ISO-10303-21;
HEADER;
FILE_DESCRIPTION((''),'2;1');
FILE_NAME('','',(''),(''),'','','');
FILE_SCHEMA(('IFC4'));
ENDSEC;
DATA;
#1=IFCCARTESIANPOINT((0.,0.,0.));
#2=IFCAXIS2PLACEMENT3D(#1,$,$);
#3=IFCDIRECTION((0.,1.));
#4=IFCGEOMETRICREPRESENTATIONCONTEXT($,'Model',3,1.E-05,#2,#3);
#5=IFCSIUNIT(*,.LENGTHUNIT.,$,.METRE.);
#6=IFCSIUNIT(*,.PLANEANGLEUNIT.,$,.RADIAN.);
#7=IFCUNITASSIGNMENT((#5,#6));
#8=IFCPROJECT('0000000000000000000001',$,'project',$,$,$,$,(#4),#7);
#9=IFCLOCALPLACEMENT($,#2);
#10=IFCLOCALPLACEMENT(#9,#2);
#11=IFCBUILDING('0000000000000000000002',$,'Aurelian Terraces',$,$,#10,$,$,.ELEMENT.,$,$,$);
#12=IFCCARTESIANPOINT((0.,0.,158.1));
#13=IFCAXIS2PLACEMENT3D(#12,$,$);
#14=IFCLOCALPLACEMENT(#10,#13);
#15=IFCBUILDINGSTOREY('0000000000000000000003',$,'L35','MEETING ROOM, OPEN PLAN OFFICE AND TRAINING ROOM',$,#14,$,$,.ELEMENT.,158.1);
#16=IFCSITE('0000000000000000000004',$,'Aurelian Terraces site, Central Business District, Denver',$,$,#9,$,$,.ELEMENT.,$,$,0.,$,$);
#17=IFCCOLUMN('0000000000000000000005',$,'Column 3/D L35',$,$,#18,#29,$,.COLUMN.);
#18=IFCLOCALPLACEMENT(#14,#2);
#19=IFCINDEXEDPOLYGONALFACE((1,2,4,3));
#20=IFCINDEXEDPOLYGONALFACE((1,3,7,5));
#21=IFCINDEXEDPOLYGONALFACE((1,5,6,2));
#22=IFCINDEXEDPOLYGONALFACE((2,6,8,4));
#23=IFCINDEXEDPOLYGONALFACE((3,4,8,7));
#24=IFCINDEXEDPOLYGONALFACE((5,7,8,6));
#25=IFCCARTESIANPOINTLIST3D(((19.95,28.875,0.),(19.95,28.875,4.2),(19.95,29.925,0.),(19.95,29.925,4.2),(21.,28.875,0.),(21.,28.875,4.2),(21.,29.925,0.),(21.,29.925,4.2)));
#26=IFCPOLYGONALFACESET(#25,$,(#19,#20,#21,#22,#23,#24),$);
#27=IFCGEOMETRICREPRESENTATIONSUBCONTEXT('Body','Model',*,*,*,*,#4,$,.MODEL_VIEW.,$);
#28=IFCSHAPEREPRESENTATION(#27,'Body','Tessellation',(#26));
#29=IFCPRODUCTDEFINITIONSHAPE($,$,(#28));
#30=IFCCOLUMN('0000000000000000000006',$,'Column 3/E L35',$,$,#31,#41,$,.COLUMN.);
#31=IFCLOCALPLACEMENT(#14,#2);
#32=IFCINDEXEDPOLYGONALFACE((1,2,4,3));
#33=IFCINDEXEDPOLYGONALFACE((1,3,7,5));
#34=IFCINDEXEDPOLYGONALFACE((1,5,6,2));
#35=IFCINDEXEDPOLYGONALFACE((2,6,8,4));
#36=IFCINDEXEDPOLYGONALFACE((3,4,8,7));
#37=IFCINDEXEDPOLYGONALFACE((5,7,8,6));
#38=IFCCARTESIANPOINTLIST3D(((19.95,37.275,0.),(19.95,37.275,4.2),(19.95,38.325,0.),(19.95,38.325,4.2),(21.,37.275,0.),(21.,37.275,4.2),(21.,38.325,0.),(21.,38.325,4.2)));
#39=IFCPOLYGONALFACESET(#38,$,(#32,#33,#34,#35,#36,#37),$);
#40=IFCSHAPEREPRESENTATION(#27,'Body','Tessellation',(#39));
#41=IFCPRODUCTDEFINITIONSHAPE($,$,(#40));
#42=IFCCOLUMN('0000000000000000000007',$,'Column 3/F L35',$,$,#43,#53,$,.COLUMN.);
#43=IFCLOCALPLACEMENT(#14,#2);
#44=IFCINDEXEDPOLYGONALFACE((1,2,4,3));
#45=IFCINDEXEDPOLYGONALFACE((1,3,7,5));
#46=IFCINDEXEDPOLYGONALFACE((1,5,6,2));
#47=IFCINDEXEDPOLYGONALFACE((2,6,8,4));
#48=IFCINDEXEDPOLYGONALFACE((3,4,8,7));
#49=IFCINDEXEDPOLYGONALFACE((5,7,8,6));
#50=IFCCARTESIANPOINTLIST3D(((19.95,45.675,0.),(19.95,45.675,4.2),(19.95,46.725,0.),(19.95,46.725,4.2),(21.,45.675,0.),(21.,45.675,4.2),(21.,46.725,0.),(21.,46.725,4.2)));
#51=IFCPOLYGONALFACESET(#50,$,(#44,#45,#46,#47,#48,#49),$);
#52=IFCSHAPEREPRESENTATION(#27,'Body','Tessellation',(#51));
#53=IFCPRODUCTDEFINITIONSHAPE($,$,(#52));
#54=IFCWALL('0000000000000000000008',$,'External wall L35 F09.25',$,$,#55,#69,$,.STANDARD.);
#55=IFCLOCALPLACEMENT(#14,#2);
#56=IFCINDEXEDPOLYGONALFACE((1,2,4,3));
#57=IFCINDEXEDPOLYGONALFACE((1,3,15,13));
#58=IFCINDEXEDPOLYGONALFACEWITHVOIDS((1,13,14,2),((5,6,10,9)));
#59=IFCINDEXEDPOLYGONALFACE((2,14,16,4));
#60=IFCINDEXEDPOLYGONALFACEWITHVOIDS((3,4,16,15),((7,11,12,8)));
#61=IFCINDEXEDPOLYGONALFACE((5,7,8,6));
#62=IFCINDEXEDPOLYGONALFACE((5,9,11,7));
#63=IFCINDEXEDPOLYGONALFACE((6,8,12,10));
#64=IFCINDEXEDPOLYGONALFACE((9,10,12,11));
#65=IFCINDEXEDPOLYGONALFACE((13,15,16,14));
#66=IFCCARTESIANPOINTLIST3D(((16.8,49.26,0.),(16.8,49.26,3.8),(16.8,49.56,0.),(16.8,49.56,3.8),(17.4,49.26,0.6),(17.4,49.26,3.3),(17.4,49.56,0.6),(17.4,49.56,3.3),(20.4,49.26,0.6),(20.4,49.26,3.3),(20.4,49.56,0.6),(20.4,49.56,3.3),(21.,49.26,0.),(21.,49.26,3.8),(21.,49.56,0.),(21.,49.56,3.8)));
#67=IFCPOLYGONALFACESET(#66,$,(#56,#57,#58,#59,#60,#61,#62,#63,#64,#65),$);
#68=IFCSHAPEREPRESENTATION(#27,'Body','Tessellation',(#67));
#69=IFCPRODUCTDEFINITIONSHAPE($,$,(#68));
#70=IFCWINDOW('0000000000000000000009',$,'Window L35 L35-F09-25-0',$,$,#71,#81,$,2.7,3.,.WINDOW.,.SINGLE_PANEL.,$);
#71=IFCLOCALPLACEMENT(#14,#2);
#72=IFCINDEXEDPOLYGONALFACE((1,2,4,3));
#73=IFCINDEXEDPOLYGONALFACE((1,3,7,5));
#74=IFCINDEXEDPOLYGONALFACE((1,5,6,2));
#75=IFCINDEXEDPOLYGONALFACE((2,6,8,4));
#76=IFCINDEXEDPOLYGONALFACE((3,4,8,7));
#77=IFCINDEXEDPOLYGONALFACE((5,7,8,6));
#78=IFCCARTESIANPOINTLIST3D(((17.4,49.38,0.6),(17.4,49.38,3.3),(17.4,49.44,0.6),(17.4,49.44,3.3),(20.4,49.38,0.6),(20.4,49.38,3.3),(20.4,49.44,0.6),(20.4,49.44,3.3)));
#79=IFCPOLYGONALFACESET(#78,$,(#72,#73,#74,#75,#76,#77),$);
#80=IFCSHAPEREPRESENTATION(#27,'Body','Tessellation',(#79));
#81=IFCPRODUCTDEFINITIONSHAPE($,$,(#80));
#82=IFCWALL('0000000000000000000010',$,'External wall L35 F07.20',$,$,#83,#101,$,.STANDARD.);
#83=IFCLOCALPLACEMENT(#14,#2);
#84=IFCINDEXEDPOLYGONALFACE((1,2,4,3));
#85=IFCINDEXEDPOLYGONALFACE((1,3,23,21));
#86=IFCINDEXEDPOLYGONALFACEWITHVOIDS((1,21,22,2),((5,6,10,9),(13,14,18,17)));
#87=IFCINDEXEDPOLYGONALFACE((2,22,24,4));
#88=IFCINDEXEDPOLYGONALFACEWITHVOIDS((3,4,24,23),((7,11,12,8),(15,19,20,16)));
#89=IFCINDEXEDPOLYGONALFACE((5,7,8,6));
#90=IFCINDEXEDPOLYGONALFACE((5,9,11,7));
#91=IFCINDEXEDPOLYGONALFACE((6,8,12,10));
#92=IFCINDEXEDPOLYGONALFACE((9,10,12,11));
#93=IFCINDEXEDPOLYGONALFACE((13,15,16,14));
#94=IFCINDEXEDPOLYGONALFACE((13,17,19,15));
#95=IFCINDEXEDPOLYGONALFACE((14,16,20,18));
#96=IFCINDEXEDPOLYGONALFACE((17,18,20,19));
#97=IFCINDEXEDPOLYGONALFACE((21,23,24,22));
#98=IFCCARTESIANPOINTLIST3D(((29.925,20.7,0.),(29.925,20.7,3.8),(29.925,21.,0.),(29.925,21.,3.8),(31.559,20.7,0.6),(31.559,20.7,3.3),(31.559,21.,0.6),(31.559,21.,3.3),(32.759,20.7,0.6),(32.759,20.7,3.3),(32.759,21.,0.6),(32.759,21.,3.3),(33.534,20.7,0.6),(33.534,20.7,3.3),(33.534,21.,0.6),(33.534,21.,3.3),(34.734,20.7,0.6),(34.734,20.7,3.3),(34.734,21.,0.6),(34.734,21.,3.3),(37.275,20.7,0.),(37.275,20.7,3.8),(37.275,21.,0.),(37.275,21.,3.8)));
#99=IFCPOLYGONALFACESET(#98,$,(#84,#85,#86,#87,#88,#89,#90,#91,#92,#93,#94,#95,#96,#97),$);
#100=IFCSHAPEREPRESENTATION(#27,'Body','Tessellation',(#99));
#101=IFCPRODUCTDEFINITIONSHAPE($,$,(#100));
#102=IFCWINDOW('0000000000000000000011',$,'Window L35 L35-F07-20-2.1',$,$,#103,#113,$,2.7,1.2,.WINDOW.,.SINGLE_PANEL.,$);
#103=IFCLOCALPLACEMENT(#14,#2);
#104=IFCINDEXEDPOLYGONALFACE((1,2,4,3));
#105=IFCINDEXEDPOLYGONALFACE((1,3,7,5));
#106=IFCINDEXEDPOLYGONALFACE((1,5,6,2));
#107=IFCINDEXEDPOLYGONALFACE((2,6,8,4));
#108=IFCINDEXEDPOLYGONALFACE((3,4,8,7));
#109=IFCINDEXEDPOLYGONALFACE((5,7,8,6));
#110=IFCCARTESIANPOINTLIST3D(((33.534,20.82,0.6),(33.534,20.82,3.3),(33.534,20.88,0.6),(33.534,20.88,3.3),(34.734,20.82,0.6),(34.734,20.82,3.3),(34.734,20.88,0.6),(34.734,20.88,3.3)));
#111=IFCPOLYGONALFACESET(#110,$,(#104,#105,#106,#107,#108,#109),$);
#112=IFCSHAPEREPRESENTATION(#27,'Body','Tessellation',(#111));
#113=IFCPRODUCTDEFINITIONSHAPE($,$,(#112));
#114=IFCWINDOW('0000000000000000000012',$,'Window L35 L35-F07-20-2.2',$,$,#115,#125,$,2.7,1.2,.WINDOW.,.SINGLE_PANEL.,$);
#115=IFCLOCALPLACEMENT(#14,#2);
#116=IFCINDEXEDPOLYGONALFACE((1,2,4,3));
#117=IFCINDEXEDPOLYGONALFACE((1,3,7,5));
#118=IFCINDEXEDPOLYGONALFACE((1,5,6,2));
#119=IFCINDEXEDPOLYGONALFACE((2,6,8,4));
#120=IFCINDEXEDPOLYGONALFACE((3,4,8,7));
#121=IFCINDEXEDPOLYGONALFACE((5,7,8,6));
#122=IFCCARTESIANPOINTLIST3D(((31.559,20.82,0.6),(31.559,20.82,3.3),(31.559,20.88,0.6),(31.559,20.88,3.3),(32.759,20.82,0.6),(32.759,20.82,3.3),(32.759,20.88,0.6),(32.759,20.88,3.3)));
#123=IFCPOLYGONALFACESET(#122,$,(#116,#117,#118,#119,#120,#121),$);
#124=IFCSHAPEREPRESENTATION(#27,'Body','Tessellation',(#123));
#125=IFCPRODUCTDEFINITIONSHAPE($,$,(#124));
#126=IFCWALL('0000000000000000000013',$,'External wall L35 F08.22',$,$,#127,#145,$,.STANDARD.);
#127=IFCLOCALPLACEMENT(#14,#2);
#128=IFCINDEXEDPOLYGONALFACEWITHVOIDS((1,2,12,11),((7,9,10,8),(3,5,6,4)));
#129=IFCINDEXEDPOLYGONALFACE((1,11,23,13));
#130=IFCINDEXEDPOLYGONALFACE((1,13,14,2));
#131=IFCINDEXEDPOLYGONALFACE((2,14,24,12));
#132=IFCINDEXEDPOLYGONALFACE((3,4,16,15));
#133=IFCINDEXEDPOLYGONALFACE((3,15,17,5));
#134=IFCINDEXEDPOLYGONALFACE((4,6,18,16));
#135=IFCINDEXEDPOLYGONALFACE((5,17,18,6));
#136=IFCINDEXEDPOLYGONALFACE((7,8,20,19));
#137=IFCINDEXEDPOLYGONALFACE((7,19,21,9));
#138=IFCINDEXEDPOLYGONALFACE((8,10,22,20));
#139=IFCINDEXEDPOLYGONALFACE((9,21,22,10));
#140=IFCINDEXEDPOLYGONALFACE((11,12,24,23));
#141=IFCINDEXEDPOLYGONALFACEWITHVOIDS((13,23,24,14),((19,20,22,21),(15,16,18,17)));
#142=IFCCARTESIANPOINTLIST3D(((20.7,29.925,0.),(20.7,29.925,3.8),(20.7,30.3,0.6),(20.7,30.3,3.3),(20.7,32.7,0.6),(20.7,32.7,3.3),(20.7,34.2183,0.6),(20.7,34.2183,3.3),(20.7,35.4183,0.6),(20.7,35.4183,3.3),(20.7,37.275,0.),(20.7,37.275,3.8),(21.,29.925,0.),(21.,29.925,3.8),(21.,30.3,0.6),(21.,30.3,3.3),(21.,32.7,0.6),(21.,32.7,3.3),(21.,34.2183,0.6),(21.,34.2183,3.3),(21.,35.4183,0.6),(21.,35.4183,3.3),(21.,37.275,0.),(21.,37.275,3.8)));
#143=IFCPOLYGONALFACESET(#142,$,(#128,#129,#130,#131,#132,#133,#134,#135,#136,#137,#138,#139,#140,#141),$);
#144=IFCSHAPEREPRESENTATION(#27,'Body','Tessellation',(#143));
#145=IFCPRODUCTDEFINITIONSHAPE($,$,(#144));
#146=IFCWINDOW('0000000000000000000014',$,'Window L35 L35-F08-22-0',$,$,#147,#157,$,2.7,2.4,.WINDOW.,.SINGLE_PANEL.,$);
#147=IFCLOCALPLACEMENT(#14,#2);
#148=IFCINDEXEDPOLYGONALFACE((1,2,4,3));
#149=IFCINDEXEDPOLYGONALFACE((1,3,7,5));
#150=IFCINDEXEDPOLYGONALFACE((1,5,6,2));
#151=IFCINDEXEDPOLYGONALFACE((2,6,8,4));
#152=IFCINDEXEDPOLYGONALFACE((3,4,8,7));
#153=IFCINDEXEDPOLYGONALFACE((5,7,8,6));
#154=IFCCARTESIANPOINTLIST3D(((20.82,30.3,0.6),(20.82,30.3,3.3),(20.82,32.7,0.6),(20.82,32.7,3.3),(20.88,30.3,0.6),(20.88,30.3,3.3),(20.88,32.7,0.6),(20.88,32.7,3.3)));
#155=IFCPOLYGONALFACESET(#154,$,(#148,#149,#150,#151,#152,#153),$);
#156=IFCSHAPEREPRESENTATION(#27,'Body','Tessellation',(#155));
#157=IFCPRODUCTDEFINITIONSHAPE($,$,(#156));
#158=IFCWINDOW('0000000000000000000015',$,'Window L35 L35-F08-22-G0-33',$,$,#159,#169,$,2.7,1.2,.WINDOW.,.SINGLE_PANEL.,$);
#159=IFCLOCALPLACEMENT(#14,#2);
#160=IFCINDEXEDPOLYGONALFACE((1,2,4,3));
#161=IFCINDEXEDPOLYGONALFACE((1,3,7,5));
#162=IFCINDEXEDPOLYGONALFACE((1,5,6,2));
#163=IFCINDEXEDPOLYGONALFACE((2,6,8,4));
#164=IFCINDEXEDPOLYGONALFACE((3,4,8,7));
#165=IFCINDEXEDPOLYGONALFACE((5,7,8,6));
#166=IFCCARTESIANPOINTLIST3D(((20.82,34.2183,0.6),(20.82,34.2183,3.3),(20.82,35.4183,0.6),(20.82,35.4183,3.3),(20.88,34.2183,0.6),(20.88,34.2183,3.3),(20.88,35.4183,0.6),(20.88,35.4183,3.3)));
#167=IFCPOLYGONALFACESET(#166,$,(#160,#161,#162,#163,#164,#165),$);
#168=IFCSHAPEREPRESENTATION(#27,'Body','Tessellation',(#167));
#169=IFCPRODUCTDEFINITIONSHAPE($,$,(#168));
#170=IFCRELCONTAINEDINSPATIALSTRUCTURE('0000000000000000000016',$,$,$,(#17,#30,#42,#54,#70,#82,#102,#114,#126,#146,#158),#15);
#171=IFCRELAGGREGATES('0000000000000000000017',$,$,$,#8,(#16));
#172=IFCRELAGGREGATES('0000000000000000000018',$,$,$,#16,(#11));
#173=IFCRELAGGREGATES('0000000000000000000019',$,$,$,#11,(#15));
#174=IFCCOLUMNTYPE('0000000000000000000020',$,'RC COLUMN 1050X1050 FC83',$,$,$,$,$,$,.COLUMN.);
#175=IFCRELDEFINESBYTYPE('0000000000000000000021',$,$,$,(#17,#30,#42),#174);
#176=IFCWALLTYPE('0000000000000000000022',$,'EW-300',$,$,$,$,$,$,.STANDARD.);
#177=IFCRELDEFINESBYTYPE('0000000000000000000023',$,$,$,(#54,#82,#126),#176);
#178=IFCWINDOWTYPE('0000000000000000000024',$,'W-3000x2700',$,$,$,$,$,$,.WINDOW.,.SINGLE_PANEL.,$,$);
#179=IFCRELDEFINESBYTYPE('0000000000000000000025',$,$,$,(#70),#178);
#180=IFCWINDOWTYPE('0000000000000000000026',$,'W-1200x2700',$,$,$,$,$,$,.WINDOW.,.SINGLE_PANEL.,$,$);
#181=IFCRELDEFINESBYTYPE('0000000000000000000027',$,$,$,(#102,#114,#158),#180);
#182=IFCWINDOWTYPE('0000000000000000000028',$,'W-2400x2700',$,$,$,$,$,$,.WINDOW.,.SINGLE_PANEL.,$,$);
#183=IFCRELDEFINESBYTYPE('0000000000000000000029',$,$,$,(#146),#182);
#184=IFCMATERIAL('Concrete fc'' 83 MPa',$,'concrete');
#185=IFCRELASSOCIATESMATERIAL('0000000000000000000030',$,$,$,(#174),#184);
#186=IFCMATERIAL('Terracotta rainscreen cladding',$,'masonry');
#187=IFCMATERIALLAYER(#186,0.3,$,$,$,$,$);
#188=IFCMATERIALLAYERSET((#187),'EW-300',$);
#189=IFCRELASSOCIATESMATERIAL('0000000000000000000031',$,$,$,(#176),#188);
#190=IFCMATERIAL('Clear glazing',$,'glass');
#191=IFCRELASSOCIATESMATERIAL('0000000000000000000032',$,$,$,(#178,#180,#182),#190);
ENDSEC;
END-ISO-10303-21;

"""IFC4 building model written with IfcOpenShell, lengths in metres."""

from ifc_helpers import new_model, si_unit, direction, frame, frame_2d, origin, origin_2d, place, context, subcontext, project, spatial, rectangle, extrude, source, transform, mapped, material, layer, layer_set, material_profile, profile_set, type_object, element, fill, save


model = new_model("IFC4")

# Units and contexts
model_context = context("Model", 3, precision=1e-05, world=origin(), true_north=direction((0.0, 1.0)))
body_context = subcontext(model_context, "Body", "Model", "MODEL_VIEW")
ifc_project = project(units=[si_unit("LENGTHUNIT", "METRE"), si_unit("PLANEANGLEUNIT", "RADIAN")], contexts=[model_context])

# Site, building, storey
site_placement = place(None, origin())
site = spatial("IfcSite", under=ifc_project, at=site_placement, Name="Aurelian Terraces site, Central Business District, Denver", CompositionType="ELEMENT", RefElevation=0.0)
building_placement = place(site_placement, origin())
building = spatial("IfcBuilding", under=site, at=building_placement, Name="Aurelian Terraces", CompositionType="ELEMENT")
storey_placement = place(building_placement, frame((0.0, 0.0, 158.1)))
storey = spatial("IfcBuildingStorey", under=building, at=storey_placement, Name="L35", Description="MEETING ROOM, OPEN PLAN OFFICE AND TRAINING ROOM", CompositionType="ELEMENT", Elevation=158.1)

# Columns
ifc_material_1 = material(Name="Concrete fc' 83 MPa", Category="concrete")
ifc_material_profile = material_profile(ifc_material_1, rectangle(XDim=1.05, YDim=1.05, at=origin_2d()))
ifc_profile_set = profile_set([ifc_material_profile], Name="Concrete fc' 83 MPa")
column_type = type_object("IfcColumnType", Name="RC COLUMN 1050X1050 FC83", PredefinedType="COLUMN", material=ifc_profile_set)
shared_shape_1 = source(origin(), body_context, "Body", "SweptSolid", [
    extrude(rectangle(XDim=1.05, YDim=1.05, at=origin_2d()), origin(), (0.0, 0.0, 1.0), 4.2),
])
for number, where, z_axis, x_axis, name in (
    (1, (20.475, 29.4, 0.0), (0.0, 0.0, 1.0), (1.0, 0.0, 0.0), "Column 3/D L35"),
    (2, (20.475, 37.8, 0.0), (0.0, 0.0, 1.0), (1.0, 0.0, 0.0), "Column 3/E L35"),
    (3, (20.475, 46.2, 0.0), (0.0, 0.0, 1.0), (1.0, 0.0, 0.0), "Column 3/F L35"),
):
    element("IfcColumn", number, at=place(storey_placement, frame(where, z_axis=z_axis, x_axis=x_axis)), inside=storey, type_object=column_type, Name=name, PredefinedType="COLUMN", context=body_context, shape_type="MappedRepresentation", body=[
        mapped(shared_shape_1, transform((0.0, 0.0, 0.0), scale=1.0)),
    ])

# Wall, opening, window
ifc_material_2 = material(Name="Terracotta rainscreen cladding", Category="masonry")
ifc_layer_1 = layer(ifc_material_2, 0.3)
ifc_layer_set_1 = layer_set([ifc_layer_1], Name="EW-300")
wall_type_1 = type_object("IfcWallType", Name="EW-300", PredefinedType="STANDARD", material=ifc_layer_set_1)
shared_shape_2 = source(origin(), body_context, "Body", "SweptSolid", [
    extrude(rectangle(XDim=4.2, YDim=0.3, at=frame_2d((2.1, 0.0))), origin(), (0.0, 0.0, 1.0), 3.8),
])
wall_1_placement = place(storey_placement, frame((21.0, 49.41, 0.0), z_axis=(0.0, 0.0, 1.0), x_axis=(-1.0, 0.0, 0.0)))
wall_1 = element("IfcWall", 4, at=wall_1_placement, inside=storey, type_object=wall_type_1, Name="External wall L35 F09.25", PredefinedType="STANDARD", context=body_context, shape_type="MappedRepresentation", body=[
    mapped(shared_shape_2, transform((0.0, 0.0, 0.0), scale=1.0)),
])
shared_shape_3 = source(origin(), body_context, "Body", "SweptSolid", [
    extrude(rectangle(XDim=3.0, YDim=2.7, at=frame_2d((1.5, 1.35))), frame((0.0, 0.16, 0.0), z_axis=(0.0, -1.0, 0.0), x_axis=(1.0, 0.0, 0.0)), (0.0, 0.0, 1.0), 0.32),
])
opening_1_placement = place(wall_1_placement, frame((0.6, 0.0, 0.6)))
opening_1 = element("IfcOpeningElement", 5, at=opening_1_placement, cuts=wall_1, PredefinedType="OPENING", context=body_context, shape_type="MappedRepresentation", body=[
    mapped(shared_shape_3, transform((0.0, 0.0, 0.0), scale=1.0)),
])
ifc_material_3 = material(Name="Clear glazing", Category="glass")
window_type_1 = type_object("IfcWindowType", Name="W-3000x2700", PartitioningType="SINGLE_PANEL", PredefinedType="WINDOW", material=ifc_material_3)
shared_shape_4 = source(origin(), body_context, "Body", "SweptSolid", [
    extrude(rectangle(XDim=3.0, YDim=2.7, at=frame_2d((1.5, 1.35))), frame((0.0, 0.03, 0.0), z_axis=(0.0, -1.0, 0.0), x_axis=(1.0, 0.0, 0.0)), (0.0, 0.0, 1.0), 0.06),
])
window_1_placement = place(opening_1_placement, origin())
window_1 = element("IfcWindow", 6, at=window_1_placement, inside=storey, type_object=window_type_1, Name="Window L35 L35-F09-25-0", OverallHeight=2.7, OverallWidth=3.0, PartitioningType="SINGLE_PANEL", PredefinedType="WINDOW", context=body_context, shape_type="MappedRepresentation", body=[
    mapped(shared_shape_4, transform((0.0, 0.0, 0.0), scale=1.0)),
])
fill(opening_1, window_1)

# Walls, openings, windows
shared_shape_5 = source(origin(), body_context, "Body", "SweptSolid", [
    extrude(rectangle(XDim=7.35, YDim=0.3, at=frame_2d((3.675, 0.0))), origin(), (0.0, 0.0, 1.0), 3.8),
])
wall_2_placement = place(storey_placement, frame((37.275, 20.85, 0.0), z_axis=(0.0, 0.0, 1.0), x_axis=(-1.0, 0.0, 0.0)))
wall_2 = element("IfcWall", 7, at=wall_2_placement, inside=storey, type_object=wall_type_1, Name="External wall L35 F07.20", PredefinedType="STANDARD", context=body_context, shape_type="MappedRepresentation", body=[
    mapped(shared_shape_5, transform((0.0, 0.0, 0.0), scale=1.0)),
])
shared_shape_6 = source(origin(), body_context, "Body", "SweptSolid", [
    extrude(rectangle(XDim=1.2, YDim=2.7, at=frame_2d((0.6, 1.35))), frame((0.0, 0.16, 0.0), z_axis=(0.0, -1.0, 0.0), x_axis=(1.0, 0.0, 0.0)), (0.0, 0.0, 1.0), 0.32),
])
opening_2_placement = place(wall_2_placement, frame((2.541, 0.0, 0.6)))
opening_2 = element("IfcOpeningElement", 8, at=opening_2_placement, cuts=wall_2, PredefinedType="OPENING", context=body_context, shape_type="MappedRepresentation", body=[
    mapped(shared_shape_6, transform((0.0, 0.0, 0.0), scale=1.0)),
])
opening_3_placement = place(wall_2_placement, frame((4.516, 0.0, 0.6)))
opening_3 = element("IfcOpeningElement", 9, at=opening_3_placement, cuts=wall_2, PredefinedType="OPENING", context=body_context, shape_type="MappedRepresentation", body=[
    mapped(shared_shape_6, transform((0.0, 0.0, 0.0), scale=1.0)),
])
window_type_2 = type_object("IfcWindowType", Name="W-1200x2700", PartitioningType="SINGLE_PANEL", PredefinedType="WINDOW", material=ifc_material_3)
shared_shape_7 = source(origin(), body_context, "Body", "SweptSolid", [
    extrude(rectangle(XDim=1.2, YDim=2.7, at=frame_2d((0.6, 1.35))), frame((0.0, 0.03, 0.0), z_axis=(0.0, -1.0, 0.0), x_axis=(1.0, 0.0, 0.0)), (0.0, 0.0, 1.0), 0.06),
])
window_2_placement = place(opening_2_placement, origin())
window_2 = element("IfcWindow", 10, at=window_2_placement, inside=storey, type_object=window_type_2, Name="Window L35 L35-F07-20-2.1", OverallHeight=2.7, OverallWidth=1.2, PartitioningType="SINGLE_PANEL", PredefinedType="WINDOW", context=body_context, shape_type="MappedRepresentation", body=[
    mapped(shared_shape_7, transform((0.0, 0.0, 0.0), scale=1.0)),
])
fill(opening_2, window_2)
window_3_placement = place(opening_3_placement, origin())
window_3 = element("IfcWindow", 11, at=window_3_placement, inside=storey, type_object=window_type_2, Name="Window L35 L35-F07-20-2.2", OverallHeight=2.7, OverallWidth=1.2, PartitioningType="SINGLE_PANEL", PredefinedType="WINDOW", context=body_context, shape_type="MappedRepresentation", body=[
    mapped(shared_shape_7, transform((0.0, 0.0, 0.0), scale=1.0)),
])
fill(opening_3, window_3)
wall_3_placement = place(storey_placement, frame((20.85, 29.925, 0.0), z_axis=(0.0, 0.0, 1.0), x_axis=(0.0, 1.0, 0.0)))
wall_3 = element("IfcWall", 12, at=wall_3_placement, inside=storey, type_object=wall_type_1, Name="External wall L35 F08.22", PredefinedType="STANDARD", context=body_context, shape_type="MappedRepresentation", body=[
    mapped(shared_shape_5, transform((0.0, 0.0, 0.0), scale=1.0)),
])
shared_shape_8 = source(origin(), body_context, "Body", "SweptSolid", [
    extrude(rectangle(XDim=2.4, YDim=2.7, at=frame_2d((1.2, 1.35))), frame((0.0, 0.16, 0.0), z_axis=(0.0, -1.0, 0.0), x_axis=(1.0, 0.0, 0.0)), (0.0, 0.0, 1.0), 0.32),
])
opening_4_placement = place(wall_3_placement, frame((0.375, 0.0, 0.6)))
opening_4 = element("IfcOpeningElement", 13, at=opening_4_placement, cuts=wall_3, PredefinedType="OPENING", context=body_context, shape_type="MappedRepresentation", body=[
    mapped(shared_shape_8, transform((0.0, 0.0, 0.0), scale=1.0)),
])
opening_5_placement = place(wall_3_placement, frame((4.2933, 0.0, 0.6)))
opening_5 = element("IfcOpeningElement", 14, at=opening_5_placement, cuts=wall_3, PredefinedType="OPENING", context=body_context, shape_type="MappedRepresentation", body=[
    mapped(shared_shape_6, transform((0.0, 0.0, 0.0), scale=1.0)),
])
window_type_3 = type_object("IfcWindowType", Name="W-2400x2700", PartitioningType="SINGLE_PANEL", PredefinedType="WINDOW", material=ifc_material_3)
shared_shape_9 = source(origin(), body_context, "Body", "SweptSolid", [
    extrude(rectangle(XDim=2.4, YDim=2.7, at=frame_2d((1.2, 1.35))), frame((0.0, 0.03, 0.0), z_axis=(0.0, -1.0, 0.0), x_axis=(1.0, 0.0, 0.0)), (0.0, 0.0, 1.0), 0.06),
])
window_4_placement = place(opening_4_placement, origin())
window_4 = element("IfcWindow", 15, at=window_4_placement, inside=storey, type_object=window_type_3, Name="Window L35 L35-F08-22-0", OverallHeight=2.7, OverallWidth=2.4, PartitioningType="SINGLE_PANEL", PredefinedType="WINDOW", context=body_context, shape_type="MappedRepresentation", body=[
    mapped(shared_shape_9, transform((0.0, 0.0, 0.0), scale=1.0)),
])
fill(opening_4, window_4)
window_5_placement = place(opening_5_placement, origin())
window_5 = element("IfcWindow", 16, at=window_5_placement, inside=storey, type_object=window_type_2, Name="Window L35 L35-F08-22-G0-33", OverallHeight=2.7, OverallWidth=1.2, PartitioningType="SINGLE_PANEL", PredefinedType="WINDOW", context=body_context, shape_type="MappedRepresentation", body=[
    mapped(shared_shape_7, transform((0.0, 0.0, 0.0), scale=1.0)),
])
fill(opening_5, window_5)

save(model, "model.ifc")
